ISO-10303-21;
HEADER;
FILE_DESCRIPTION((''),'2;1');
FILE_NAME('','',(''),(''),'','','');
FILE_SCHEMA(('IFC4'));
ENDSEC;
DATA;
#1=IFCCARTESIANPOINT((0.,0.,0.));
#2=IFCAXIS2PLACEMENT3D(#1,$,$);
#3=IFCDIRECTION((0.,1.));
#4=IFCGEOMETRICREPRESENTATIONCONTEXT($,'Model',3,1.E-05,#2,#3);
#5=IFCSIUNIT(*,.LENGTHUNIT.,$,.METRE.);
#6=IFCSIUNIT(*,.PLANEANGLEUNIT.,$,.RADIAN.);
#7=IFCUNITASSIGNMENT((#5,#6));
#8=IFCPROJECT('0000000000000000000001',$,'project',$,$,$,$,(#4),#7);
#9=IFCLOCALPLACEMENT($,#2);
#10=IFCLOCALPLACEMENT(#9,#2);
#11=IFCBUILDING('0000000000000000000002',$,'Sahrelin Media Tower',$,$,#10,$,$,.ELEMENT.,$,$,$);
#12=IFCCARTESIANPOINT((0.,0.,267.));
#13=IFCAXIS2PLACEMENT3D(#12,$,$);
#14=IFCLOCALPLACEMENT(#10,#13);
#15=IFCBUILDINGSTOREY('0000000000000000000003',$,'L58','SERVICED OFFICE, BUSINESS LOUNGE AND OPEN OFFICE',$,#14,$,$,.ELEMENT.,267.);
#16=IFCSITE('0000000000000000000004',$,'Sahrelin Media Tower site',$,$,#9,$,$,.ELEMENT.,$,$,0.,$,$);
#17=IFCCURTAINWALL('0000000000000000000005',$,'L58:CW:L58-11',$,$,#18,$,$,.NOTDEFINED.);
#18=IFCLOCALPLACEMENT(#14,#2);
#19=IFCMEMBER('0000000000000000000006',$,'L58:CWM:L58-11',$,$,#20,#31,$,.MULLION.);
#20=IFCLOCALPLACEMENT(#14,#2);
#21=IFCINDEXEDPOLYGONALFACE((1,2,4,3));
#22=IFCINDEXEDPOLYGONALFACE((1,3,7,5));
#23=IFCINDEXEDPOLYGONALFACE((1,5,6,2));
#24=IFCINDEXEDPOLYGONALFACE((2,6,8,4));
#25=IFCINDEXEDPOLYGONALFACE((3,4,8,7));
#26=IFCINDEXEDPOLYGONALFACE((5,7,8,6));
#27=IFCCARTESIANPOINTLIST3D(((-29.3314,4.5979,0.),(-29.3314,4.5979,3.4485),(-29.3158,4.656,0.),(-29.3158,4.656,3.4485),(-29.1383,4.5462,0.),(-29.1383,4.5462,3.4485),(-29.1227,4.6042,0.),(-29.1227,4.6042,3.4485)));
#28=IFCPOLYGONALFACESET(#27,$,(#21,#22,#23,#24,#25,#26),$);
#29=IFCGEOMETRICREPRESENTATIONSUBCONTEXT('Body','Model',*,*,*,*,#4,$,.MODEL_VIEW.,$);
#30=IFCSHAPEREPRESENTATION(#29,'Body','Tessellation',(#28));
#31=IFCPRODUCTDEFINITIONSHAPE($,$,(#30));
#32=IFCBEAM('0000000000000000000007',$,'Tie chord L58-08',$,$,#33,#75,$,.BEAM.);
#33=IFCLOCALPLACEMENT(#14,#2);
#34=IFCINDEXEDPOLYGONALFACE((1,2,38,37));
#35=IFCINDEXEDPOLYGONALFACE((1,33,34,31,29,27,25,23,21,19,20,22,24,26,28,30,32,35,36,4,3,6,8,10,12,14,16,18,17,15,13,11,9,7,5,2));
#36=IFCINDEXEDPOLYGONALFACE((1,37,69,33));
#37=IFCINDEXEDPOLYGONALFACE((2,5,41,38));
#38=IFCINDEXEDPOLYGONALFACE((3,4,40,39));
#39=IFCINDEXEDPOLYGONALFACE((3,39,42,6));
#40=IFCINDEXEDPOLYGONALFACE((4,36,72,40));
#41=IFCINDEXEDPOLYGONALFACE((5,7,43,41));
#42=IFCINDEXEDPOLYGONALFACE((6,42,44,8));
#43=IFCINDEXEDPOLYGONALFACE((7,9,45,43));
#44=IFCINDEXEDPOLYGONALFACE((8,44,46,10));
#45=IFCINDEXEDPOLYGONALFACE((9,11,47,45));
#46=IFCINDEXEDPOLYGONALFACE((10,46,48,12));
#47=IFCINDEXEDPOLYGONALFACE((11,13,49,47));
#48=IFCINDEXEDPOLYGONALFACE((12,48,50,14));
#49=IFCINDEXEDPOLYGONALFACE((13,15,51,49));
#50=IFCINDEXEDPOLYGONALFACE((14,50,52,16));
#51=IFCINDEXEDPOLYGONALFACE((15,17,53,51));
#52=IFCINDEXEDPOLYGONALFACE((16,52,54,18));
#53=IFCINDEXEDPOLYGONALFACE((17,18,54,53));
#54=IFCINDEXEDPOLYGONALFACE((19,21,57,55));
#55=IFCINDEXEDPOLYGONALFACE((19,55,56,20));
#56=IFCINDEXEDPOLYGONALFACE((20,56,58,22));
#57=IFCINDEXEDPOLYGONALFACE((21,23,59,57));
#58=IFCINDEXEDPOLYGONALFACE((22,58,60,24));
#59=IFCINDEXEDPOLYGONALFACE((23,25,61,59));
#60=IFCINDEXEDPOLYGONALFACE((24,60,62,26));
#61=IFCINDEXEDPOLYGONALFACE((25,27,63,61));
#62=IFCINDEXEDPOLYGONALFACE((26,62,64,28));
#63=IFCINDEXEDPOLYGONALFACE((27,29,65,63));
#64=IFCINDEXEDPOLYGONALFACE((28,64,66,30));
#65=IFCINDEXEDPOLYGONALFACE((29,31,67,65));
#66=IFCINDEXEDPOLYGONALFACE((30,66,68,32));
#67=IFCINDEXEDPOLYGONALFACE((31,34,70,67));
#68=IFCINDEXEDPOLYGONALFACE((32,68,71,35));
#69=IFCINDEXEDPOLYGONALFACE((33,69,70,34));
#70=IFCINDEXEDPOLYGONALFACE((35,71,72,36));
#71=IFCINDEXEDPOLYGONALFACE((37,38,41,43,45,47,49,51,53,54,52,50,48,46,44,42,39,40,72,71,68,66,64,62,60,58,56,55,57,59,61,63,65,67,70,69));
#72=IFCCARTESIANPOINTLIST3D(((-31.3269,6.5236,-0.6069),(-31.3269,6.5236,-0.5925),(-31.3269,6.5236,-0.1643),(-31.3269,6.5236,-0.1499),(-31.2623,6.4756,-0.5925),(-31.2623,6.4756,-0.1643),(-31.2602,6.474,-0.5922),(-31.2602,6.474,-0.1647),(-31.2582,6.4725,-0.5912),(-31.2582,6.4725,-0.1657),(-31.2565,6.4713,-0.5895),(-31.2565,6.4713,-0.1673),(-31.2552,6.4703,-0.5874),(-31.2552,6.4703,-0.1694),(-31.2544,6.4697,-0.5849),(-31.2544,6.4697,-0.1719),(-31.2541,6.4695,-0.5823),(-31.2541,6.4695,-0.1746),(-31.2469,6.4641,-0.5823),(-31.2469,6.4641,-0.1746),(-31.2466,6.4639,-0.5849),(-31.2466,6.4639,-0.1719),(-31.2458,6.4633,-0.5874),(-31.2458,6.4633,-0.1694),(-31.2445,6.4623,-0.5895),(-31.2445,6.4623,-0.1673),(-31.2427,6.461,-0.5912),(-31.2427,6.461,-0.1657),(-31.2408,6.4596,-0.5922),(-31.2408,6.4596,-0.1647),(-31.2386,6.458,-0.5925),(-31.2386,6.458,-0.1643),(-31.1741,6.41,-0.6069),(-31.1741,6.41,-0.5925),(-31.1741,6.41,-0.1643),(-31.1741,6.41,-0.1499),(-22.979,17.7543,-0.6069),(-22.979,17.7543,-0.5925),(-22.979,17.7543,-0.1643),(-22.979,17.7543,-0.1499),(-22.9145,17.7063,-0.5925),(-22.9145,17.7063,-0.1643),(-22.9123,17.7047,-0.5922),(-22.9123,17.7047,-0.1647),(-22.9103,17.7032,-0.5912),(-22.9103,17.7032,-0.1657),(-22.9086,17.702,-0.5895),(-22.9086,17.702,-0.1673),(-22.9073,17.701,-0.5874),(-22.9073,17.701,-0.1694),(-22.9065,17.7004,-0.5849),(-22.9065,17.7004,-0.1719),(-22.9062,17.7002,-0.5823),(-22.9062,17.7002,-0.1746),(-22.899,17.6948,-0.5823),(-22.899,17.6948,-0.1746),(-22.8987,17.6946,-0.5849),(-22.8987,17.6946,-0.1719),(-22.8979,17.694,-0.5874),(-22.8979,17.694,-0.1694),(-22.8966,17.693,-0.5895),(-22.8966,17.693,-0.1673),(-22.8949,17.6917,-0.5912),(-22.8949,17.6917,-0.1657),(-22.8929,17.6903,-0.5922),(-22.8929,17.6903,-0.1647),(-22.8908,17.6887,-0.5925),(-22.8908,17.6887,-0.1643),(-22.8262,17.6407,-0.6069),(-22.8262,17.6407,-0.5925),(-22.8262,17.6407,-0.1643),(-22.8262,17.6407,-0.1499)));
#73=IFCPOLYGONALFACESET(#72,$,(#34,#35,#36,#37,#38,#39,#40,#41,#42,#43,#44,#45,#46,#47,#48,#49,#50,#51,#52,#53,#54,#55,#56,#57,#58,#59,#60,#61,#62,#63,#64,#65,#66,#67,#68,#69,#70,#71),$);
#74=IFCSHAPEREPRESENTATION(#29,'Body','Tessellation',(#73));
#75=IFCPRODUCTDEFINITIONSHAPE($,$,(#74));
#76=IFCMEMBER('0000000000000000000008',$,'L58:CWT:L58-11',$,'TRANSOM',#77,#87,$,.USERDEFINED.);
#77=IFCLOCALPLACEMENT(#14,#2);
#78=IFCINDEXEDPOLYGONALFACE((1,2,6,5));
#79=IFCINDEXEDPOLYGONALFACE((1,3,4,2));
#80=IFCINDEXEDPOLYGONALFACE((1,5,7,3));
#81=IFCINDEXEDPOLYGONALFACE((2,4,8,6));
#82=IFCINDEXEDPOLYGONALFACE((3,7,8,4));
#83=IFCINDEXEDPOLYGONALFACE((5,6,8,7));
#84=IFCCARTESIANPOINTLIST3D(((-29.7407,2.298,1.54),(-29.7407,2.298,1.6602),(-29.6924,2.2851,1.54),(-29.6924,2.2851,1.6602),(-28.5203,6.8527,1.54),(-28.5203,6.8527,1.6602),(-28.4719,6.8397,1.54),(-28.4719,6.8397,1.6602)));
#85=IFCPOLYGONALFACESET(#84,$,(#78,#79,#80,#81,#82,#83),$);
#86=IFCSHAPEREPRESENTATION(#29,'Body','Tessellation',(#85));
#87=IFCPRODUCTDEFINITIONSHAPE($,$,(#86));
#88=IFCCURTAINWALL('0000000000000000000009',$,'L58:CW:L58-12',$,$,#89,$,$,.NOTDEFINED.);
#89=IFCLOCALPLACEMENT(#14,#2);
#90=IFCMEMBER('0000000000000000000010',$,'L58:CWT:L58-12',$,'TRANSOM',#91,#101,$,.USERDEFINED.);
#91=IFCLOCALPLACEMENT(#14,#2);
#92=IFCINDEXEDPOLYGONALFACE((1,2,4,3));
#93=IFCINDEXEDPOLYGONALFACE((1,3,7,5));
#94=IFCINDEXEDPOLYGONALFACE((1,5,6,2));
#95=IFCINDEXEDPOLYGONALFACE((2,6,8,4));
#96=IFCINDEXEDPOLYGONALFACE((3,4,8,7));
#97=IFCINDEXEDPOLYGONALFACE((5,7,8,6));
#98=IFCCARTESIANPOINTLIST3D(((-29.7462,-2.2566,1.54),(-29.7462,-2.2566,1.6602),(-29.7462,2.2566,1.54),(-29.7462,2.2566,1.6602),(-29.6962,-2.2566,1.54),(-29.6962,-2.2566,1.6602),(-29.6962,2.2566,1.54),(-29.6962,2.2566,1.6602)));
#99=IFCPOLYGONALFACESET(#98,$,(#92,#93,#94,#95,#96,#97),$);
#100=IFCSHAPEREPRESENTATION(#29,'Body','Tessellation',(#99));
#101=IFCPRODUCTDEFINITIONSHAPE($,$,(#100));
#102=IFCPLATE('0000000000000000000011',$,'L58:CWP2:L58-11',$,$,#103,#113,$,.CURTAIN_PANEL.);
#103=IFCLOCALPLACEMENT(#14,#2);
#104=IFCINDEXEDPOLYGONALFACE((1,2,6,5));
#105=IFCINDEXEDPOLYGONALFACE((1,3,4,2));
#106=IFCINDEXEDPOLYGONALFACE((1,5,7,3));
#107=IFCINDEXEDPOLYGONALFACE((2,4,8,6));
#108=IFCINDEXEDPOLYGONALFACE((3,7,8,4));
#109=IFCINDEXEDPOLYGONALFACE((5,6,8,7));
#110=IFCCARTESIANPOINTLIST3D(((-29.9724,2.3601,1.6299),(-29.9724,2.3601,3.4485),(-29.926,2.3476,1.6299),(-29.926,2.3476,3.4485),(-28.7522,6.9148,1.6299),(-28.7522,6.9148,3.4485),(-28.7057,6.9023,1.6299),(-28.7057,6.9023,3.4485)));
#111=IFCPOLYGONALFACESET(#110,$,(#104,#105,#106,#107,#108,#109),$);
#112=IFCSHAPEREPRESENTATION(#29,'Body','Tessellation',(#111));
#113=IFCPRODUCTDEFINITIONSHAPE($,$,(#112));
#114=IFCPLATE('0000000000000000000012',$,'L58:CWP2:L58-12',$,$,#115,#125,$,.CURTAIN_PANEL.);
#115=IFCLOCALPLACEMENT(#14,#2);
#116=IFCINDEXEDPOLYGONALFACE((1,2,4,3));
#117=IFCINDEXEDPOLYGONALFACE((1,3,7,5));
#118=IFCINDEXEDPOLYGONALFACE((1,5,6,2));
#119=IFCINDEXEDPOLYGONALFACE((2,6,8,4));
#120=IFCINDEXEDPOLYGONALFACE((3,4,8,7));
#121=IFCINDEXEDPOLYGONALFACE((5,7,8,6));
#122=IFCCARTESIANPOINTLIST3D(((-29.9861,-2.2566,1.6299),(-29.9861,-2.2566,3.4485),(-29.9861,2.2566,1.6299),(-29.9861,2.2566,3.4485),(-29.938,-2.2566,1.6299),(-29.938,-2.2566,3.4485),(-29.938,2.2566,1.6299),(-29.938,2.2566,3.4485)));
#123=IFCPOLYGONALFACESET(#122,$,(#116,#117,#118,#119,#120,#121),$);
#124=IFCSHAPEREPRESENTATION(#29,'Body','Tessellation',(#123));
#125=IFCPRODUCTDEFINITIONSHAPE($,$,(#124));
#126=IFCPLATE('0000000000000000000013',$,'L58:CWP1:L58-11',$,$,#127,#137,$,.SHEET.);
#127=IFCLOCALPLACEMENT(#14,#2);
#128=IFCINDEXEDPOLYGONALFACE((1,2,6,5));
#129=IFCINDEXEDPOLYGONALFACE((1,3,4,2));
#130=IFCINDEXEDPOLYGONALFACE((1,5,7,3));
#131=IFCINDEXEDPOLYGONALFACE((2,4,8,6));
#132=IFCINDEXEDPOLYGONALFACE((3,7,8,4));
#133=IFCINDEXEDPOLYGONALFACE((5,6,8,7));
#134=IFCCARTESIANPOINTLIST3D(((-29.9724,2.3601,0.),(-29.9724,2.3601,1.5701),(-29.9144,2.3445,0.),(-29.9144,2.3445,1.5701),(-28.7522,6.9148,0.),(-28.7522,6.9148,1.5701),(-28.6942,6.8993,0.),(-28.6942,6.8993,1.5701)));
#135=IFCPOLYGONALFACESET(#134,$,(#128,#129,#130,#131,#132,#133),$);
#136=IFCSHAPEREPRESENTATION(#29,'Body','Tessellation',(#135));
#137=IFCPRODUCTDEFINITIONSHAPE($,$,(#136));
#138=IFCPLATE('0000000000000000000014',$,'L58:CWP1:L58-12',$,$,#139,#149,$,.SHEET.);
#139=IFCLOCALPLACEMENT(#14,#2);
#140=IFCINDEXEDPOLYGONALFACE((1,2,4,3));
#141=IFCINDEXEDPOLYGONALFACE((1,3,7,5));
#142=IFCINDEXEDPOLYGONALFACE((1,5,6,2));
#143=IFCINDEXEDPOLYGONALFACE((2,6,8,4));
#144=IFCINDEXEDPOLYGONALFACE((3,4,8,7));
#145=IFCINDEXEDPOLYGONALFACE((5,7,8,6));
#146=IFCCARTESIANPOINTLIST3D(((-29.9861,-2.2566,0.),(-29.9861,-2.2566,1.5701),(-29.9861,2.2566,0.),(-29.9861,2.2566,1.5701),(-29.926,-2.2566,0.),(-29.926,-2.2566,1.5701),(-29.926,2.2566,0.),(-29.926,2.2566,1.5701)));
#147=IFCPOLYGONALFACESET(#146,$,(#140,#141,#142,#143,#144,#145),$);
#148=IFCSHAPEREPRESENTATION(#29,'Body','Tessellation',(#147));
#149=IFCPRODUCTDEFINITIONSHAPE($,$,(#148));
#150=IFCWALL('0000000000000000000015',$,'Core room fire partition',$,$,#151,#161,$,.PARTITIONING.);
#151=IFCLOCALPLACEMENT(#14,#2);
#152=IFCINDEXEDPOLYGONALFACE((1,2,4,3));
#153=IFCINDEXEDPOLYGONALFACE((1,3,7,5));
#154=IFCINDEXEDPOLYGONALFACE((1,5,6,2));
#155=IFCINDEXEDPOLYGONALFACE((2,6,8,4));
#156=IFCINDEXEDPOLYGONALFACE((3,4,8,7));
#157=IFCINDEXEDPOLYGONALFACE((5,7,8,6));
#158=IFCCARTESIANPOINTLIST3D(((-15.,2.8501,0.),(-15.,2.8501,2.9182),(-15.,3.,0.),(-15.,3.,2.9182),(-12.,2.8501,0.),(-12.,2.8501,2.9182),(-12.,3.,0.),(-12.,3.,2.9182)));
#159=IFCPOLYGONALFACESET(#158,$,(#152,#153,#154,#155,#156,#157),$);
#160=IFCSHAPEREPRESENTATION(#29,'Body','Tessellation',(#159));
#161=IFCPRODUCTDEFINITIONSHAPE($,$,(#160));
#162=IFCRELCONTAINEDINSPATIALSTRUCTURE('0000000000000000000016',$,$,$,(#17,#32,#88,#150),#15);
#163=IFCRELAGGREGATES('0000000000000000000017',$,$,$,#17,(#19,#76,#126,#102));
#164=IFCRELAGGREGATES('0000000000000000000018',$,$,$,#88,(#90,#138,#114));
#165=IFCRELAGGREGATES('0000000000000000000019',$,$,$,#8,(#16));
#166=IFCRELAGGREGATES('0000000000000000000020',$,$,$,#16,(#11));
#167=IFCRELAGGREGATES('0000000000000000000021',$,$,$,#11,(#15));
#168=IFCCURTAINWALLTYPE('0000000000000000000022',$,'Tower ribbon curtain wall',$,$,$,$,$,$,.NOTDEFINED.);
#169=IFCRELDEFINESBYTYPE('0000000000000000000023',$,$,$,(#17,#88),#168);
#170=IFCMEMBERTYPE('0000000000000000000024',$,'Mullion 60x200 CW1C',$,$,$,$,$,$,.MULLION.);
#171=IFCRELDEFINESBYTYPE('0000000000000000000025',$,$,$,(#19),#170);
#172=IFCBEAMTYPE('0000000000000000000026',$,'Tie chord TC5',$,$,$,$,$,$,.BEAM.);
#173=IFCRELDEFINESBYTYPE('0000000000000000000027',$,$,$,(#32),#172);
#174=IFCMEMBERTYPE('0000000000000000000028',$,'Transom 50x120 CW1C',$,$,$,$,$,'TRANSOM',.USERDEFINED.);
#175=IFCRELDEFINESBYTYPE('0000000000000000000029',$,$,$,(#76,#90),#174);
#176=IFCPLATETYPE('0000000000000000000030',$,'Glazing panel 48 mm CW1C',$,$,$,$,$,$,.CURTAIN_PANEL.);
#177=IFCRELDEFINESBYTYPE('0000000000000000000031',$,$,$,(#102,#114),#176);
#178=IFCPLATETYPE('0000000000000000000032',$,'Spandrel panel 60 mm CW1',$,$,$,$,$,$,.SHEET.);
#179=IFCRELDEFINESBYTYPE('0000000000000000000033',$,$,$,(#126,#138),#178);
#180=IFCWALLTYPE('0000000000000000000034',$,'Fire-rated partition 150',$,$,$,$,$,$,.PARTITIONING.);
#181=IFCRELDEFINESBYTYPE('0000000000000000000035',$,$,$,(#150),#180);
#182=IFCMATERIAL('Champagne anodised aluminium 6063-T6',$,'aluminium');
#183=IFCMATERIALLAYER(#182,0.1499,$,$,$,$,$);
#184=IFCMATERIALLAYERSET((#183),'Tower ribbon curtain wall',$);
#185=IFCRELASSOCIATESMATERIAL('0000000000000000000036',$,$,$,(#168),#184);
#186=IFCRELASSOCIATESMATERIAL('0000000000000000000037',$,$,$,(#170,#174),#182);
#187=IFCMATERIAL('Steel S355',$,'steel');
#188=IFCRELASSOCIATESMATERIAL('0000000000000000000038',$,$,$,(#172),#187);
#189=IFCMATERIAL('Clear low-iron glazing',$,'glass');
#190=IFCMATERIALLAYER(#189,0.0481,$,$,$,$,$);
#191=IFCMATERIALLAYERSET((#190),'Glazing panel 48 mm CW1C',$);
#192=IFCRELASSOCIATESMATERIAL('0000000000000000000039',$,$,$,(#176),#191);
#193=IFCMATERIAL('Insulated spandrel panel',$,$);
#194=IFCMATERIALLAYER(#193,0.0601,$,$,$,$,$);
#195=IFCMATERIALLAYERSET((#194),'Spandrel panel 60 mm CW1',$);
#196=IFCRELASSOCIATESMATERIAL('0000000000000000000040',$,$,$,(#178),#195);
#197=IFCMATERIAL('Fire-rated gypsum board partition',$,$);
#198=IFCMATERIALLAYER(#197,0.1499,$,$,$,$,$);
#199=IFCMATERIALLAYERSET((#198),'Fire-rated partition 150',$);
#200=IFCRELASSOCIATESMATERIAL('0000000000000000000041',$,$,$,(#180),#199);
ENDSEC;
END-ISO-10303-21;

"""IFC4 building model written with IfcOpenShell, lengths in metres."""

from ifc_helpers import new_model, si_unit, direction, frame, frame_2d, origin, origin_2d, place, context, subcontext, project, spatial, polyline, rectangle, i_section, outline, extrude, material, layer, layer_set, material_profile, profile_set, type_object, element, aggregate, save


model = new_model("IFC4")

# Units and contexts
model_context = context("Model", 3, precision=1e-05, world=origin(), true_north=direction((0.0, 1.0)))
body_context = subcontext(model_context, "Body", "Model", "MODEL_VIEW")
ifc_project = project(units=[si_unit("LENGTHUNIT", "METRE"), si_unit("PLANEANGLEUNIT", "RADIAN")], contexts=[model_context])

# Site, building, storey
site_placement = place(None, origin())
site = spatial("IfcSite", under=ifc_project, at=site_placement, Name="Sahrelin Media Tower site", CompositionType="ELEMENT", RefElevation=0.0)
building_placement = place(site_placement, origin())
building = spatial("IfcBuilding", under=site, at=building_placement, Name="Sahrelin Media Tower", CompositionType="ELEMENT")
storey_placement = place(building_placement, frame((0.0, 0.0, 267.0)))
storey = spatial("IfcBuildingStorey", under=building, at=storey_placement, Name="L58", Description="SERVICED OFFICE, BUSINESS LOUNGE AND OPEN OFFICE", CompositionType="ELEMENT", Elevation=267.0)

# Shared definitions
ifc_material_1 = material(Name="Steel S355", Category="steel")

# Curtain wall, member
ifc_material_2 = material(Name="Champagne anodised aluminium 6063-T6", Category="aluminium")
ifc_layer_1 = layer(ifc_material_2, 0.1499)
ifc_layer_set_1 = layer_set([ifc_layer_1], Name="Tower ribbon curtain wall")
curtain_wall_type = type_object("IfcCurtainWallType", Name="Tower ribbon curtain wall", PredefinedType="NOTDEFINED", material=ifc_layer_set_1)
ifc_material_profile_1 = material_profile(ifc_material_2, rectangle(XDim=0.0601, YDim=0.2, at=origin_2d()), Name="Mullion 60x200")
ifc_profile_set_1 = profile_set([ifc_material_profile_1], Name="Champagne anodised aluminium 6063-T6")
member_type_1 = type_object("IfcMemberType", Name="Mullion 60x200 CW1C", PredefinedType="MULLION", material=ifc_profile_set_1)
curtain_wall_1_placement = place(storey_placement, frame((-29.343, 4.6321, 0.0), z_axis=(0.0, 0.0, 1.0), x_axis=(1.0, 0.0, 0.0)))
curtain_wall_1 = element("IfcCurtainWall", 1, at=curtain_wall_1_placement, inside=storey, type_object=curtain_wall_type, Name="L58:CW:L58-11", PredefinedType="NOTDEFINED")
member_1_placement = place(storey_placement, frame((-29.2271, 4.6011, 0.0), z_axis=(0.0, 0.0, 1.0), x_axis=(-0.258812, -0.965928, 0.0)))
member_1 = element("IfcMember", 2, at=member_1_placement, type_object=member_type_1, Name="L58:CWM:L58-11", PredefinedType="MULLION", context=body_context, shape_type="SweptSolid", body=[
    extrude(rectangle(XDim=0.0601, YDim=0.2, at=origin_2d()), origin(), (0.0, 0.0, 1.0), 3.4485),
])

# Beam
ifc_material_profile_2 = material_profile(ifc_material_1, i_section(OverallWidth=0.1904, OverallDepth=0.457, WebThickness=0.009, FlangeThickness=0.0144, FilletRadius=0.0103, at=origin_2d()), Name="UB 457x191x74")
ifc_profile_set_2 = profile_set([ifc_material_profile_2], Name="Steel S355")
beam_type_1 = type_object("IfcBeamType", Name="Tie chord TC5", PredefinedType="BEAM", material=ifc_profile_set_2)
beam_1_placement = place(storey_placement, frame((-31.2505, 6.4668, -0.3784), z_axis=(0.596558, 0.80257, 0.0), x_axis=(-0.80257, 0.596558, 0.0)))
element("IfcBeam", 3, at=beam_1_placement, inside=storey, type_object=beam_type_1, Name="Tie chord L58-08", PredefinedType="BEAM", context=body_context, shape_type="SweptSolid", body=[
    extrude(i_section(OverallWidth=0.1904, OverallDepth=0.457, WebThickness=0.009, FlangeThickness=0.0144, FilletRadius=0.0103, at=origin_2d()), origin(), (0.0, 0.0, 1.0), 13.9934),
])

# Member
ifc_material_profile_3 = material_profile(ifc_material_2, rectangle(XDim=0.05, YDim=0.1201, at=origin_2d()), Name="Transom 50x120")
ifc_profile_set_3 = profile_set([ifc_material_profile_3], Name="Champagne anodised aluminium 6063-T6")
member_type_2 = type_object("IfcMemberType", Name="Transom 50x120 CW1C", ElementType="TRANSOM", PredefinedType="USERDEFINED", material=ifc_profile_set_3)
member_2_placement = place(storey_placement, frame((-28.4961, 6.8462, 1.6001), z_axis=(-0.258826, -0.965924, 0.0), x_axis=(0.965924, -0.258826, 0.0)))
member_2 = element("IfcMember", 4, at=member_2_placement, type_object=member_type_2, Name="L58:CWT:L58-11", ObjectType="TRANSOM", PredefinedType="USERDEFINED", context=body_context, shape_type="SweptSolid", body=[
    extrude(rectangle(XDim=0.05, YDim=0.1201, at=origin_2d()), origin(), (0.0, 0.0, 1.0), 4.7153),
])

# Curtain wall, member
curtain_wall_2_placement = place(storey_placement, frame((-29.9661, 0.0, 0.0), z_axis=(0.0, 0.0, 1.0), x_axis=(1.0, 0.0, 0.0)))
curtain_wall_2 = element("IfcCurtainWall", 5, at=curtain_wall_2_placement, inside=storey, type_object=curtain_wall_type, Name="L58:CW:L58-12", PredefinedType="NOTDEFINED")
member_3_placement = place(storey_placement, frame((-29.7212, 2.2566, 1.6001), z_axis=(0.0, -1.0, 0.0), x_axis=(1.0, 0.0, 0.0)))
member_3 = element("IfcMember", 6, at=member_3_placement, type_object=member_type_2, Name="L58:CWT:L58-12", ObjectType="TRANSOM", PredefinedType="USERDEFINED", context=body_context, shape_type="SweptSolid", body=[
    extrude(rectangle(XDim=0.05, YDim=0.1201, at=origin_2d()), origin(), (0.0, 0.0, 1.0), 4.5132),
])

# Plates
ifc_material_3 = material(Name="Clear low-iron glazing", Category="glass")
ifc_layer_2 = layer(ifc_material_3, 0.0481)
ifc_layer_set_2 = layer_set([ifc_layer_2], Name="Glazing panel 48 mm CW1C")
plate_type_1 = type_object("IfcPlateType", Name="Glazing panel 48 mm CW1C", PredefinedType="CURTAIN_PANEL", material=ifc_layer_set_2)
plate_1_placement = place(storey_placement, frame((-28.7522, 6.9148, 1.6299), z_axis=(-0.965937, 0.258777, 0.0), x_axis=(-0.258777, -0.965937, 0.0)))
plate_1 = element("IfcPlate", 7, at=plate_1_placement, type_object=plate_type_1, Name="L58:CWP2:L58-11", PredefinedType="CURTAIN_PANEL", context=body_context, shape_type="SweptSolid", body=[
    extrude(outline(polyline([(0.0, 0.0), (4.7153, 0.0), (4.7153, 1.8186), (0.0, 1.8186), (0.0, 0.0)])), origin(), (0.0, 0.0, -1.0), 0.0481),
])
plate_2_placement = place(storey_placement, frame((-29.9861, 2.2566, 1.6299), z_axis=(-1.0, 0.0, 0.0), x_axis=(0.0, -1.0, 0.0)))
plate_2 = element("IfcPlate", 8, at=plate_2_placement, type_object=plate_type_1, Name="L58:CWP2:L58-12", PredefinedType="CURTAIN_PANEL", context=body_context, shape_type="SweptSolid", body=[
    extrude(outline(polyline([(0.0, 0.0), (4.5132, 0.0), (4.5132, 1.8186), (0.0, 1.8186), (0.0, 0.0)])), origin(), (0.0, 0.0, -1.0), 0.0481),
])
ifc_material_4 = material(Name="Insulated spandrel panel")
ifc_layer_3 = layer(ifc_material_4, 0.0601)
ifc_layer_set_3 = layer_set([ifc_layer_3], Name="Spandrel panel 60 mm CW1")
plate_type_2 = type_object("IfcPlateType", Name="Spandrel panel 60 mm CW1", PredefinedType="SHEET", material=ifc_layer_set_3)
plate_3_placement = place(storey_placement, frame((-28.7522, 6.9148, 0.0), z_axis=(-0.965937, 0.258777, 0.0), x_axis=(-0.258777, -0.965937, 0.0)))
plate_3 = element("IfcPlate", 9, at=plate_3_placement, type_object=plate_type_2, Name="L58:CWP1:L58-11", PredefinedType="SHEET", context=body_context, shape_type="SweptSolid", body=[
    extrude(outline(polyline([(0.0, 0.0), (4.7153, 0.0), (4.7153, 1.5701), (0.0, 1.5701), (0.0, 0.0)])), origin(), (0.0, 0.0, -1.0), 0.0601),
])
aggregate(curtain_wall_1, [member_1, member_2, plate_3, plate_1])
plate_4_placement = place(storey_placement, frame((-29.9861, 2.2566, 0.0), z_axis=(-1.0, 0.0, 0.0), x_axis=(0.0, -1.0, 0.0)))
plate_4 = element("IfcPlate", 10, at=plate_4_placement, type_object=plate_type_2, Name="L58:CWP1:L58-12", PredefinedType="SHEET", context=body_context, shape_type="SweptSolid", body=[
    extrude(outline(polyline([(0.0, 0.0), (4.5132, 0.0), (4.5132, 1.5701), (0.0, 1.5701), (0.0, 0.0)])), origin(), (0.0, 0.0, -1.0), 0.0601),
])
aggregate(curtain_wall_2, [member_3, plate_4, plate_2])

# Wall
ifc_material_5 = material(Name="Fire-rated gypsum board partition")
ifc_layer_4 = layer(ifc_material_5, 0.1499)
ifc_layer_set_4 = layer_set([ifc_layer_4], Name="Fire-rated partition 150")
wall_type_1 = type_object("IfcWallType", Name="Fire-rated partition 150", PredefinedType="PARTITIONING", material=ifc_layer_set_4)
wall_1_placement = place(storey_placement, frame((-15.0, 2.925, 0.0), z_axis=(0.0, 0.0, 1.0), x_axis=(1.0, 0.0, 0.0)))
element("IfcWall", 11, at=wall_1_placement, inside=storey, type_object=wall_type_1, Name="Core room fire partition", PredefinedType="PARTITIONING", context=body_context, shape_type="SweptSolid", body=[
    extrude(rectangle(XDim=3.0, YDim=0.1499, at=frame_2d((1.5, 0.0))), origin(), (0.0, 0.0, 1.0), 2.9182),
])

save(model, "model.ifc")
